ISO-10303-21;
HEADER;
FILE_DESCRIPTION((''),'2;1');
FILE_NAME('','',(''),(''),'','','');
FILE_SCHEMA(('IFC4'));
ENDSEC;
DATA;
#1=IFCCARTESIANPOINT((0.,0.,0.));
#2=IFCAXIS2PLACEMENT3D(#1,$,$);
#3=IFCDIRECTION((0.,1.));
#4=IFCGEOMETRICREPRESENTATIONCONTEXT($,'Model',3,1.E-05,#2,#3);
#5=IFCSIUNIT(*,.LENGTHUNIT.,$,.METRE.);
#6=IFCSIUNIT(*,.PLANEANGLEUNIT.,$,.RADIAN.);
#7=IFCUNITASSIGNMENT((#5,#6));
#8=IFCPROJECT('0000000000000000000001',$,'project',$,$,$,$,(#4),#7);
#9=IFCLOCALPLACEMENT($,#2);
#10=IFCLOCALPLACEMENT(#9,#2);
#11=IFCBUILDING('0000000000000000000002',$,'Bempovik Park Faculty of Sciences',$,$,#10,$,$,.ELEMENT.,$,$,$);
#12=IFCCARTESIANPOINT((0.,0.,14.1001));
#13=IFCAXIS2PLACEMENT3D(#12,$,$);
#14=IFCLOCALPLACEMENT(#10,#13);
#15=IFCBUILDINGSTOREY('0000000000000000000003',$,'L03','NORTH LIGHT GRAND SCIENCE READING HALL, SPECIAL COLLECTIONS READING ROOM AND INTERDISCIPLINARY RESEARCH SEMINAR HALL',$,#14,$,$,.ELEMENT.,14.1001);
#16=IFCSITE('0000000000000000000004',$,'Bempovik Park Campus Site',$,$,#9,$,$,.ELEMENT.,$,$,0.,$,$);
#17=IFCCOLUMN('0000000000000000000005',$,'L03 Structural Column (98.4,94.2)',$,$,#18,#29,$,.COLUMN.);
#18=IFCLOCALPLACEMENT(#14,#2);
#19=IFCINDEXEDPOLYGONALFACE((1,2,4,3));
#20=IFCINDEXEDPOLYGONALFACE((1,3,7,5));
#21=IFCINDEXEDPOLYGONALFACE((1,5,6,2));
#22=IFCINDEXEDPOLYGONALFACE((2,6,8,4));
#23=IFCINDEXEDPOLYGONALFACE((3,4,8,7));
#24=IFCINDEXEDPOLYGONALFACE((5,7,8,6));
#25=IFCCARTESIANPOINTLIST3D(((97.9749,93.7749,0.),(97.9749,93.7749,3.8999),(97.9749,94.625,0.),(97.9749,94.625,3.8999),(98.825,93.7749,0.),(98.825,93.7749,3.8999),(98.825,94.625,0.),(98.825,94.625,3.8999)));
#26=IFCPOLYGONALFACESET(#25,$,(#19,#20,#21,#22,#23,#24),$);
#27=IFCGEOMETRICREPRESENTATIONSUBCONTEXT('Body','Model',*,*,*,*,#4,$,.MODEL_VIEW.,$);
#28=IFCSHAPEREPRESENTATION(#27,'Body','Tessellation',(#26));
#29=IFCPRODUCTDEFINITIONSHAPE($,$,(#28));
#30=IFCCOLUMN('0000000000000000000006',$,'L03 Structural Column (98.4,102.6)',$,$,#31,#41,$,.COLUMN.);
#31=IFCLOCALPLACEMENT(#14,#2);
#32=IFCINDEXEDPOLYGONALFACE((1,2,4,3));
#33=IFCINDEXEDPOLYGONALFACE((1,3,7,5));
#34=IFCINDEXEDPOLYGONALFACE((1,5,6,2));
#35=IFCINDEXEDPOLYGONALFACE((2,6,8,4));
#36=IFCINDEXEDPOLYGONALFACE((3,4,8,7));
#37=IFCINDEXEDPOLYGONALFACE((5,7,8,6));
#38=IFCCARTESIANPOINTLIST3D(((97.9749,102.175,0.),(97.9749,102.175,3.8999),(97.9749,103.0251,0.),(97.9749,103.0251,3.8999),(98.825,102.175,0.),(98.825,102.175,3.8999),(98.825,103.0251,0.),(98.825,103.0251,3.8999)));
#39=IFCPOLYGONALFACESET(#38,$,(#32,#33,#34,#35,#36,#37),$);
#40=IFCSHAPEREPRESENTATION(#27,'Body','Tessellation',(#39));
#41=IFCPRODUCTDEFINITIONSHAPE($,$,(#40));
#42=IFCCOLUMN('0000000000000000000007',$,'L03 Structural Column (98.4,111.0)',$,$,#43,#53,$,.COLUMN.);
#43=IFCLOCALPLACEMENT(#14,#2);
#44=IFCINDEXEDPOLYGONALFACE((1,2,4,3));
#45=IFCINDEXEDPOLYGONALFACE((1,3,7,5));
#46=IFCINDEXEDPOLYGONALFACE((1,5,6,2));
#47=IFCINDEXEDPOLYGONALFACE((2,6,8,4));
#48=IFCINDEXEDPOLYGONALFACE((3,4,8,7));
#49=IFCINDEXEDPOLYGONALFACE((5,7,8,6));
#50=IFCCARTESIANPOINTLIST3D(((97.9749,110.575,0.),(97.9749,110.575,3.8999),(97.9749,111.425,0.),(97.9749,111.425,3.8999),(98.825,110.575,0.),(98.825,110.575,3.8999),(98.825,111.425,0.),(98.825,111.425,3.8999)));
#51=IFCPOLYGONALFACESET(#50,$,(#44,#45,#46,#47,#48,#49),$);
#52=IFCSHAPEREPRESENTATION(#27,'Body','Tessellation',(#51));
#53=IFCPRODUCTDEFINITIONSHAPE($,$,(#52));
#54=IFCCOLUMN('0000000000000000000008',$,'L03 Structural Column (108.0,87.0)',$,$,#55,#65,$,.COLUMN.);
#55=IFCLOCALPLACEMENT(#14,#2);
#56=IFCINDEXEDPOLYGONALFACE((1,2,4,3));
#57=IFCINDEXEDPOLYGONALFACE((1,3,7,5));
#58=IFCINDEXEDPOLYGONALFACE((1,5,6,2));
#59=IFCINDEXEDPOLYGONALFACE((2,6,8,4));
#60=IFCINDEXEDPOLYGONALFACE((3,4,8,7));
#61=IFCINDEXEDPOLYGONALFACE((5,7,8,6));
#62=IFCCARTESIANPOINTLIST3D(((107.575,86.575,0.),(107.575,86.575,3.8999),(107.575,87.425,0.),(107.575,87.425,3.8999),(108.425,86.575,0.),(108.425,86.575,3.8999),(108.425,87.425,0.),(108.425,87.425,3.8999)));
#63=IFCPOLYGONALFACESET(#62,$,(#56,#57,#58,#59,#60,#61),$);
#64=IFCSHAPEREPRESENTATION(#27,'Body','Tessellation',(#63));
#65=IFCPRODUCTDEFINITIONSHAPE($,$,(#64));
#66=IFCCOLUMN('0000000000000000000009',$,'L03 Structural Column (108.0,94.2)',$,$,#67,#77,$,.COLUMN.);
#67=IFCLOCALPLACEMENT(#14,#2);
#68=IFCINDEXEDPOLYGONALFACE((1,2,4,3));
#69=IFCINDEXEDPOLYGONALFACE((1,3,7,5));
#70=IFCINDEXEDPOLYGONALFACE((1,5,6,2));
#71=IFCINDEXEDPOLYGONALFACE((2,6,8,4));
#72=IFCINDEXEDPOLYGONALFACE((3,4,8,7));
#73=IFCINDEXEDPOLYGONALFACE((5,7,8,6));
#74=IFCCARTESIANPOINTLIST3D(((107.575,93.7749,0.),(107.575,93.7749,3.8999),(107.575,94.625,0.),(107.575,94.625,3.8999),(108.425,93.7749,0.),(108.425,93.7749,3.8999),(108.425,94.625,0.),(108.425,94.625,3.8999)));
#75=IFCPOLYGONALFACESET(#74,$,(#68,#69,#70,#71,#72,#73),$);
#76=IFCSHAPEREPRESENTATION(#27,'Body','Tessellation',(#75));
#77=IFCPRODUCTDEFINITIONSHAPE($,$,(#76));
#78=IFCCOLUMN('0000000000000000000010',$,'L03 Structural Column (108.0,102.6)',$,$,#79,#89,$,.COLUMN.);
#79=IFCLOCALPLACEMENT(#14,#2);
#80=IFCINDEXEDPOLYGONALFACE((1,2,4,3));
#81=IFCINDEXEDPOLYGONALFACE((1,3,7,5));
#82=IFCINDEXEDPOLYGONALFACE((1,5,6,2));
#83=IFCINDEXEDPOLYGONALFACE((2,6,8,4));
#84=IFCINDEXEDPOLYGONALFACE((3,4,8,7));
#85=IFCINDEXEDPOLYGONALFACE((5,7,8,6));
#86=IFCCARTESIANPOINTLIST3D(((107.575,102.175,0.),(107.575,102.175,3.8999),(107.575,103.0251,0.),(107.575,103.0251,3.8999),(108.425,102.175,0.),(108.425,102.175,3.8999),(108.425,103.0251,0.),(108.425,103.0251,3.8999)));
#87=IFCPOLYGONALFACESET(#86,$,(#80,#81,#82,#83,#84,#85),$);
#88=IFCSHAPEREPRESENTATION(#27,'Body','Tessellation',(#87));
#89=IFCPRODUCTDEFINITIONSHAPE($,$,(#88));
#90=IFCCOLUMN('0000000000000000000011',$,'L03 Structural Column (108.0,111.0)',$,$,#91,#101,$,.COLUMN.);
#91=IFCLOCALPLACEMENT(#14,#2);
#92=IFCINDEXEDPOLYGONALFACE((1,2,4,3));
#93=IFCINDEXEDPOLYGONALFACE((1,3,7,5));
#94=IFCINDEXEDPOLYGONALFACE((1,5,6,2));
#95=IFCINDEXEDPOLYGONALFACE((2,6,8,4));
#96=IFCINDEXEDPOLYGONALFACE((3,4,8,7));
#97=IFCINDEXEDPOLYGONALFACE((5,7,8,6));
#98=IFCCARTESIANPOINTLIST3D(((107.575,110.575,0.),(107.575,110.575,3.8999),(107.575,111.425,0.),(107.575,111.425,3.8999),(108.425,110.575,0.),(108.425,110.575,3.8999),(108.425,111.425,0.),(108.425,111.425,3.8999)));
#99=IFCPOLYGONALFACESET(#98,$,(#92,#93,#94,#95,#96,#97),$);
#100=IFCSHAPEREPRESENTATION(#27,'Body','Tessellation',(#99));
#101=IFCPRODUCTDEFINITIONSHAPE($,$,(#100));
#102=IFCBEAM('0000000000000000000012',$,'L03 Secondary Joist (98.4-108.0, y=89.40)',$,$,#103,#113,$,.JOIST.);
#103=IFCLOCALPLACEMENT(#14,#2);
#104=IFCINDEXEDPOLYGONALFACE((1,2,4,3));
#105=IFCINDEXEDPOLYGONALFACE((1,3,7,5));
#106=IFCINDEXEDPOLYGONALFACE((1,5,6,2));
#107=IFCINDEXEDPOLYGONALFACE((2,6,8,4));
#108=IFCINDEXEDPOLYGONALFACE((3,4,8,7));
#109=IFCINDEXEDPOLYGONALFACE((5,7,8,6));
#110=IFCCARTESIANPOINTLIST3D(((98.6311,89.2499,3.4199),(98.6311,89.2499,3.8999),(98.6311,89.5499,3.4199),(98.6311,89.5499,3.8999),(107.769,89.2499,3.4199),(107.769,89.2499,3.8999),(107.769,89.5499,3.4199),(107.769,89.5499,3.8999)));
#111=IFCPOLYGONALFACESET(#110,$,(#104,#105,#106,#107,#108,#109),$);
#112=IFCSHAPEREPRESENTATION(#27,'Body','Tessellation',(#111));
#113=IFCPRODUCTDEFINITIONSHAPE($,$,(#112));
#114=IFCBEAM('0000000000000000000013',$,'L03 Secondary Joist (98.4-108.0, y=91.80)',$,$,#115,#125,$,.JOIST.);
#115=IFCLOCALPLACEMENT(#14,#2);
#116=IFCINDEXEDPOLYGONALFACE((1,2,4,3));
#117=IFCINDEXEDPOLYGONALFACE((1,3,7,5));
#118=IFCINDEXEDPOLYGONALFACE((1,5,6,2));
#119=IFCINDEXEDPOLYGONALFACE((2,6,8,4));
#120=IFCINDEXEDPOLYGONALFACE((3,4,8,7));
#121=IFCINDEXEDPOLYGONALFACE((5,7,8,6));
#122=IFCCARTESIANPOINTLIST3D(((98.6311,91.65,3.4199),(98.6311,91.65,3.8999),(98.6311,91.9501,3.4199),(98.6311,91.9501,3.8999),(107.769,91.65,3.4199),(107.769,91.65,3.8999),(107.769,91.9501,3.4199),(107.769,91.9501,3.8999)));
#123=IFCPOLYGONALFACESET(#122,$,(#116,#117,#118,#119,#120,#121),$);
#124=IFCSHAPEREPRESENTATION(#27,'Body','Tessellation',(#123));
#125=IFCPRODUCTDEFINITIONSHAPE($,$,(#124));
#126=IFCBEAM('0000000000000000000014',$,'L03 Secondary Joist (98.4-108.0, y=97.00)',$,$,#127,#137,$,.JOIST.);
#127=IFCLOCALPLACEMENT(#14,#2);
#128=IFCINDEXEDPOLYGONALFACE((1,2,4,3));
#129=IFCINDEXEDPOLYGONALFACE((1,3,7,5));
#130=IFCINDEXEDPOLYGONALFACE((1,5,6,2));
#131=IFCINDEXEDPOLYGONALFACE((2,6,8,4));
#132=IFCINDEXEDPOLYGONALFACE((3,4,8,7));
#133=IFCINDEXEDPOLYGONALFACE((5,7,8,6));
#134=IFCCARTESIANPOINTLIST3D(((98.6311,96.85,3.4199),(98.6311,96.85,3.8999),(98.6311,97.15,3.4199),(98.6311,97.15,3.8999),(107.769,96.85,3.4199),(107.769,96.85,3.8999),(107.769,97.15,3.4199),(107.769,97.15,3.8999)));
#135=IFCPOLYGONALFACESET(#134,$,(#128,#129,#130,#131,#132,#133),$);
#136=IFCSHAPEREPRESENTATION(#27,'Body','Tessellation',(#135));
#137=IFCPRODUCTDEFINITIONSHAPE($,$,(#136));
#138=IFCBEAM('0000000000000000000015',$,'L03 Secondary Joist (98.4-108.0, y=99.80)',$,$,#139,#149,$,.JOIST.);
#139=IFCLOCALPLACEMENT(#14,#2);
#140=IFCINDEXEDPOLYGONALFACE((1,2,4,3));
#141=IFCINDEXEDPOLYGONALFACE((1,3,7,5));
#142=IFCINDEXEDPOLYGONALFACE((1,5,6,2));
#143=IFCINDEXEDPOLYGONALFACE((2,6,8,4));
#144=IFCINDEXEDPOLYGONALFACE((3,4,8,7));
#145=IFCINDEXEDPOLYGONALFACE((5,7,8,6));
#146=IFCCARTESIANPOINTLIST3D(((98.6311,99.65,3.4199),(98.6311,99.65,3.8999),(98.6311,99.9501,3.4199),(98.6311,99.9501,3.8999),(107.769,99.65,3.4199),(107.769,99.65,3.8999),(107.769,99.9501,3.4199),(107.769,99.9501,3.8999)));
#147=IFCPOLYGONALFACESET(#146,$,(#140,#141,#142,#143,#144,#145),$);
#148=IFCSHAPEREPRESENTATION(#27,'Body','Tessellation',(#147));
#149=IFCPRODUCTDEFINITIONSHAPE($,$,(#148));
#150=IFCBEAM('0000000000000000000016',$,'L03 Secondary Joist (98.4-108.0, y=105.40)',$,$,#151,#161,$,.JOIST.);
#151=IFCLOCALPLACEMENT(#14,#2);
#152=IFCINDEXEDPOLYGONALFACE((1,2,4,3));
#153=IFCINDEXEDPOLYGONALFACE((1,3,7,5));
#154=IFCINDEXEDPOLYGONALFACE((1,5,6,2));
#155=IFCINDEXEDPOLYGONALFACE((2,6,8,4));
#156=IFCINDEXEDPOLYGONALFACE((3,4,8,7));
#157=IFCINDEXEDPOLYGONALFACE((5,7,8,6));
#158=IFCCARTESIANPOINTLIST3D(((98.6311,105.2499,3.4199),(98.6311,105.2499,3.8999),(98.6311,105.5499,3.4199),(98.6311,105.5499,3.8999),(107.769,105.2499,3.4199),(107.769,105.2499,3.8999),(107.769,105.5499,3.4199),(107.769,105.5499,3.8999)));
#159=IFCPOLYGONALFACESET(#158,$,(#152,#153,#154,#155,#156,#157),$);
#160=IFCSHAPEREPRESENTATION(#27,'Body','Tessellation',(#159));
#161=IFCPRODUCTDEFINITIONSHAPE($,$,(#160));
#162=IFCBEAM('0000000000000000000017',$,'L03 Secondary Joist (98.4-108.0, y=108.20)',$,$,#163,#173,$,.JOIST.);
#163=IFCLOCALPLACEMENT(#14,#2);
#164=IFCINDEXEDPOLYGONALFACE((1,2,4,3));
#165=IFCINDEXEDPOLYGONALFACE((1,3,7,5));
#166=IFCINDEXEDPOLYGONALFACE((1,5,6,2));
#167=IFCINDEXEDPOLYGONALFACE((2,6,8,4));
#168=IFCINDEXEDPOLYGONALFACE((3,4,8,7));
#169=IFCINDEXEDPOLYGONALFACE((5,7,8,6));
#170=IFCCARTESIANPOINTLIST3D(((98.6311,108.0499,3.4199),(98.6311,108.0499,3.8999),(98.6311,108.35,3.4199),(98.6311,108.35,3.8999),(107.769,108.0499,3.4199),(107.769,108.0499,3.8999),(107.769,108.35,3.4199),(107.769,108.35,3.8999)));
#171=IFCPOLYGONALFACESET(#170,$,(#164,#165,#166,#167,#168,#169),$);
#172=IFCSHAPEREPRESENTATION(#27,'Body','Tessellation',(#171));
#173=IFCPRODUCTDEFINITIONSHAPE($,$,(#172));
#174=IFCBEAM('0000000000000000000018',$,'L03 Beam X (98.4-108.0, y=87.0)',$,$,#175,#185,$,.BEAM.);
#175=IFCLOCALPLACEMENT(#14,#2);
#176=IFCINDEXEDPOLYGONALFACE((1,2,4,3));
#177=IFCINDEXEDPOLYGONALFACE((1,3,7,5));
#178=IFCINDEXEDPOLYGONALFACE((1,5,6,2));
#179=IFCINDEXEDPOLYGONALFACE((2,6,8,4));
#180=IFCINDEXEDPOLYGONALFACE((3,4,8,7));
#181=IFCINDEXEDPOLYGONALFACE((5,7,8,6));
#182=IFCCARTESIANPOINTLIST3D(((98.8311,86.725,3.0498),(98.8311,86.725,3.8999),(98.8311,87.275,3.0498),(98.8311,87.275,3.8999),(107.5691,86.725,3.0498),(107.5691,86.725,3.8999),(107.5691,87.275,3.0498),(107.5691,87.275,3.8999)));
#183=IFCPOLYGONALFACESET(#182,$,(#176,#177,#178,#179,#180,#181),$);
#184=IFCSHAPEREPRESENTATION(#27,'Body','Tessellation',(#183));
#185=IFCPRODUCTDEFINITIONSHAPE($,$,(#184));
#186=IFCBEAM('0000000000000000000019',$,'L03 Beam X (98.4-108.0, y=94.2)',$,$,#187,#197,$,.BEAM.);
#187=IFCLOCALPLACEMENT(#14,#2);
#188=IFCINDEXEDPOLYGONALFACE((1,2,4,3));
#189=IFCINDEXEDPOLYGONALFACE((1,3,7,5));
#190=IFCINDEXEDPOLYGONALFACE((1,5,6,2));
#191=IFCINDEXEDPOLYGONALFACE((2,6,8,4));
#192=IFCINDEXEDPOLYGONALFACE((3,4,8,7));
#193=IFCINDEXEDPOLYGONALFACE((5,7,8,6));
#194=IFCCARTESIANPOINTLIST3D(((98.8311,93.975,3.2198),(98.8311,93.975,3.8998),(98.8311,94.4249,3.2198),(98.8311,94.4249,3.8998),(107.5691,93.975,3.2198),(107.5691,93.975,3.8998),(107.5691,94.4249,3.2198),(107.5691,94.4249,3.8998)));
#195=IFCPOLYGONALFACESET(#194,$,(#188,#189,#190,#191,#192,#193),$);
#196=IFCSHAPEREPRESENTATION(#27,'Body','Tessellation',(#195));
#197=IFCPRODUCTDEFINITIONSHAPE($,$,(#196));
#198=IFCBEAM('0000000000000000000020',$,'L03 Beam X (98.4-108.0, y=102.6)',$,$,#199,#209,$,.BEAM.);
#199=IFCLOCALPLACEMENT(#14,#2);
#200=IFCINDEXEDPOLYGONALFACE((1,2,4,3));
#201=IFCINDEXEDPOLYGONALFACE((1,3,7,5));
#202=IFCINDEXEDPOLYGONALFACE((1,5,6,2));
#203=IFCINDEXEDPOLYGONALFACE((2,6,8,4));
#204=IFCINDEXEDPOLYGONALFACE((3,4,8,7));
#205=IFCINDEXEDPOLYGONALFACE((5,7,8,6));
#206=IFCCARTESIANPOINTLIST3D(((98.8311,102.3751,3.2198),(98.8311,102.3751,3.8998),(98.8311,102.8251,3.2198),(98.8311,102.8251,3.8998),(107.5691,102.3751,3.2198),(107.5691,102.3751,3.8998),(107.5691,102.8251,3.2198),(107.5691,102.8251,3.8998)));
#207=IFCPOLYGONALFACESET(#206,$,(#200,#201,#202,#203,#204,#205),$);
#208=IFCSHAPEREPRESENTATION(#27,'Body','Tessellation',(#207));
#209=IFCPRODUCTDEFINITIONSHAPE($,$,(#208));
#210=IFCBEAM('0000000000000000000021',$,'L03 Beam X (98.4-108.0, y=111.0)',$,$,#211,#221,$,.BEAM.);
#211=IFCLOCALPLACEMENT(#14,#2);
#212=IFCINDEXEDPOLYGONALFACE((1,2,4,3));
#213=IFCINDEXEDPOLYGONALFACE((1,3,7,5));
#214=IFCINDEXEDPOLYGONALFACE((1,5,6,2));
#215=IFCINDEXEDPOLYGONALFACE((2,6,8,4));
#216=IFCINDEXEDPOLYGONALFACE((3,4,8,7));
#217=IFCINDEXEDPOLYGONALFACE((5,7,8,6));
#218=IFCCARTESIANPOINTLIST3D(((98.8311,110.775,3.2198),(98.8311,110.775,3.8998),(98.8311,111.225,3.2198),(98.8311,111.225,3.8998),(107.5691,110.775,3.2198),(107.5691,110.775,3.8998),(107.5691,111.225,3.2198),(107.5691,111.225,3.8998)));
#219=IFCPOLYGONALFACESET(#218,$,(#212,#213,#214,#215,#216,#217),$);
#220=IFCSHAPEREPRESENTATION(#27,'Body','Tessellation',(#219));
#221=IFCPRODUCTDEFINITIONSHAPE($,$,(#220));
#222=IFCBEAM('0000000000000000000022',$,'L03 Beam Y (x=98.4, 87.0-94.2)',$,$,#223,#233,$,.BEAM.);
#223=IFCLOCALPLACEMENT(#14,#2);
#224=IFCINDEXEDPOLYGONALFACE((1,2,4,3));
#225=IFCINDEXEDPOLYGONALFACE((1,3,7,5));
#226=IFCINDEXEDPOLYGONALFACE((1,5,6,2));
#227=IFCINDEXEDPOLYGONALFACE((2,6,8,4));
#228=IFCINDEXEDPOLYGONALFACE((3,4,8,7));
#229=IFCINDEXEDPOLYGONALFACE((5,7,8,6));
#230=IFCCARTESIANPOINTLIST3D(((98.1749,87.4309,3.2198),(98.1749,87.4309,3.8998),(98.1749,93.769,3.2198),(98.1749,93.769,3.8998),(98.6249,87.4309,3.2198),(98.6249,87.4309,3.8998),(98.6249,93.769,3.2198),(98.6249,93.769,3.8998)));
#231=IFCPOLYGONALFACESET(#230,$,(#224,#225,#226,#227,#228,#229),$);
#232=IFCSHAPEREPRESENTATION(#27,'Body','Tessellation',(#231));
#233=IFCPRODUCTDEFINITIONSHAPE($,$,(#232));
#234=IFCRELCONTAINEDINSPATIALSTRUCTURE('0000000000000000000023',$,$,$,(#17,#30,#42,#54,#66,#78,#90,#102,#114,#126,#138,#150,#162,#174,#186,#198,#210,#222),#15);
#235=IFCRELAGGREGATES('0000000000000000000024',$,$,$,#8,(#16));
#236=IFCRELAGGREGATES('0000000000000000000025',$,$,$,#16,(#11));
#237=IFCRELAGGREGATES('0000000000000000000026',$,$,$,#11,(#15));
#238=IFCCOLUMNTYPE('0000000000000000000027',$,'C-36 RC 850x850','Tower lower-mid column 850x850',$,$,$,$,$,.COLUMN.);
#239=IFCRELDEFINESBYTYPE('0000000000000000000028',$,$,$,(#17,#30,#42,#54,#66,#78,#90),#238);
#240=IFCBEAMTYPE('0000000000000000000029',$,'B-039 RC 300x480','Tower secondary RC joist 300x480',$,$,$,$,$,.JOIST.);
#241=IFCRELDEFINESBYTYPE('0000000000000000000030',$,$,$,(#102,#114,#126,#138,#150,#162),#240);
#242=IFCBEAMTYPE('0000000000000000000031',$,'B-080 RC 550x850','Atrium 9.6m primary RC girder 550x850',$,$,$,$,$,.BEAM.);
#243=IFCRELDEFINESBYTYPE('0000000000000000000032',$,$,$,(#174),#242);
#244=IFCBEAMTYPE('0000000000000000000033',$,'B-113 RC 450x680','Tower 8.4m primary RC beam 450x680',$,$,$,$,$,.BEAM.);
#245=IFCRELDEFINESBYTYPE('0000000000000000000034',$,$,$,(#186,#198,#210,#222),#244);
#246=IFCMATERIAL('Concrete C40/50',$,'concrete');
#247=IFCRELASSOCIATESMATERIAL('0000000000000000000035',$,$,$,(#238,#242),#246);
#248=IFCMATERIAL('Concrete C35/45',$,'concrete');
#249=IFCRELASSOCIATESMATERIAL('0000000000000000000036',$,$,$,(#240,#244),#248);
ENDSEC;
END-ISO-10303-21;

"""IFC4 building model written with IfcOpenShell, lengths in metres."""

from ifc_helpers import new_model, si_unit, direction, frame, origin, origin_2d, place, context, subcontext, project, spatial, rectangle, extrude, material, material_profile, profile_set, type_object, element, save


model = new_model("IFC4")

# Units and contexts
model_context = context("Model", 3, precision=1e-05, world=origin(), true_north=direction((0.0, 1.0)))
body_context = subcontext(model_context, "Body", "Model", "MODEL_VIEW")
ifc_project = project(units=[si_unit("LENGTHUNIT", "METRE"), si_unit("PLANEANGLEUNIT", "RADIAN")], contexts=[model_context])

# Site, building, storey
site_placement = place(None, origin())
site = spatial("IfcSite", under=ifc_project, at=site_placement, Name="Bempovik Park Campus Site", CompositionType="ELEMENT", RefElevation=0.0)
building_placement = place(site_placement, origin())
building = spatial("IfcBuilding", under=site, at=building_placement, Name="Bempovik Park Faculty of Sciences", CompositionType="ELEMENT")
storey_placement = place(building_placement, frame((0.0, 0.0, 14.1001)))
storey = spatial("IfcBuildingStorey", under=building, at=storey_placement, Name="L03", Description="NORTH LIGHT GRAND SCIENCE READING HALL, SPECIAL COLLECTIONS READING ROOM AND INTERDISCIPLINARY RESEARCH SEMINAR HALL", CompositionType="ELEMENT", Elevation=14.1001)

# Columns
ifc_material_1 = material(Name="Concrete C40/50", Category="concrete")
ifc_material_profile_1 = material_profile(ifc_material_1, rectangle(XDim=0.8501, YDim=0.8501, at=origin_2d()), Name="RC 850x850")
ifc_profile_set_1 = profile_set([ifc_material_profile_1], Name="Concrete C40/50")
column_type = type_object("IfcColumnType", Name="C-36 RC 850x850", Description="Tower lower-mid column 850x850", PredefinedType="COLUMN", material=ifc_profile_set_1)
for number, where, z_axis, x_axis, name in (
    (1, (98.3999, 94.2, 0.0), (0.0, 0.0, 1.0), (1.0, 0.0, 0.0), "L03 Structural Column (98.4,94.2)"),
    (2, (98.3999, 102.6001, 0.0), (0.0, 0.0, 1.0), (1.0, 0.0, 0.0), "L03 Structural Column (98.4,102.6)"),
    (3, (98.3999, 111.0, 0.0), (0.0, 0.0, 1.0), (1.0, 0.0, 0.0), "L03 Structural Column (98.4,111.0)"),
    (4, (108.0, 87.0, 0.0), (0.0, 0.0, 1.0), (1.0, 0.0, 0.0), "L03 Structural Column (108.0,87.0)"),
    (5, (108.0, 94.2, 0.0), (0.0, 0.0, 1.0), (1.0, 0.0, 0.0), "L03 Structural Column (108.0,94.2)"),
    (6, (108.0, 102.6001, 0.0), (0.0, 0.0, 1.0), (1.0, 0.0, 0.0), "L03 Structural Column (108.0,102.6)"),
    (7, (108.0, 111.0, 0.0), (0.0, 0.0, 1.0), (1.0, 0.0, 0.0), "L03 Structural Column (108.0,111.0)"),
):
    element("IfcColumn", number, at=place(storey_placement, frame(where, z_axis=z_axis, x_axis=x_axis)), inside=storey, type_object=column_type, Name=name, PredefinedType="COLUMN", context=body_context, shape_type="SweptSolid", body=[
        extrude(rectangle(XDim=0.8501, YDim=0.8501, at=origin_2d()), origin(), (0.0, 0.0, 1.0), 3.8999),
    ])

# Beams
ifc_material_2 = material(Name="Concrete C35/45", Category="concrete")
ifc_material_profile_2 = material_profile(ifc_material_2, rectangle(XDim=0.3, YDim=0.48, at=origin_2d()), Name="RC 300x480")
ifc_profile_set_2 = profile_set([ifc_material_profile_2], Name="Concrete C35/45")
beam_type_1 = type_object("IfcBeamType", Name="B-039 RC 300x480", Description="Tower secondary RC joist 300x480", PredefinedType="JOIST", material=ifc_profile_set_2)
for number, where, z_axis, x_axis, name in (
    (8, (98.6311, 89.3999, 3.6599), (1.0, 0.0, 0.0), (0.0, 1.0, 0.0), "L03 Secondary Joist (98.4-108.0, y=89.40)"),
    (9, (98.6311, 91.8, 3.6599), (1.0, 0.0, 0.0), (0.0, 1.0, 0.0), "L03 Secondary Joist (98.4-108.0, y=91.80)"),
    (10, (98.6311, 97.0, 3.6599), (1.0, 0.0, 0.0), (0.0, 1.0, 0.0), "L03 Secondary Joist (98.4-108.0, y=97.00)"),
    (11, (98.6311, 99.8, 3.6599), (1.0, 0.0, 0.0), (0.0, 1.0, 0.0), "L03 Secondary Joist (98.4-108.0, y=99.80)"),
    (12, (98.6311, 105.3999, 3.6599), (1.0, 0.0, 0.0), (0.0, 1.0, 0.0), "L03 Secondary Joist (98.4-108.0, y=105.40)"),
    (13, (98.6311, 108.2, 3.6599), (1.0, 0.0, 0.0), (0.0, 1.0, 0.0), "L03 Secondary Joist (98.4-108.0, y=108.20)"),
):
    element("IfcBeam", number, at=place(storey_placement, frame(where, z_axis=z_axis, x_axis=x_axis)), inside=storey, type_object=beam_type_1, Name=name, PredefinedType="JOIST", context=body_context, shape_type="SweptSolid", body=[
        extrude(rectangle(XDim=0.3, YDim=0.48, at=origin_2d()), origin(), (0.0, 0.0, 1.0), 9.1379),
    ])
ifc_material_profile_3 = material_profile(ifc_material_1, rectangle(XDim=0.55, YDim=0.8501, at=origin_2d()), Name="RC 550x850")
ifc_profile_set_3 = profile_set([ifc_material_profile_3], Name="Concrete C40/50")
beam_type_2 = type_object("IfcBeamType", Name="B-080 RC 550x850", Description="Atrium 9.6m primary RC girder 550x850", PredefinedType="BEAM", material=ifc_profile_set_3)
beam_1_placement = place(storey_placement, frame((98.8311, 87.0, 3.4749), z_axis=(1.0, 0.0, 0.0), x_axis=(0.0, 1.0, 0.0)))
element("IfcBeam", 14, at=beam_1_placement, inside=storey, type_object=beam_type_2, Name="L03 Beam X (98.4-108.0, y=87.0)", PredefinedType="BEAM", context=body_context, shape_type="SweptSolid", body=[
    extrude(rectangle(XDim=0.55, YDim=0.8501, at=origin_2d()), origin(), (0.0, 0.0, 1.0), 8.738),
])
ifc_material_profile_4 = material_profile(ifc_material_2, rectangle(XDim=0.45, YDim=0.6799, at=origin_2d()), Name="RC 450x680")
ifc_profile_set_4 = profile_set([ifc_material_profile_4], Name="Concrete C35/45")
beam_type_3 = type_object("IfcBeamType", Name="B-113 RC 450x680", Description="Tower 8.4m primary RC beam 450x680", PredefinedType="BEAM", material=ifc_profile_set_4)
for number, where, z_axis, x_axis, name in (
    (15, (98.8311, 94.2, 3.5598), (1.0, 0.0, 0.0), (0.0, 1.0, 0.0), "L03 Beam X (98.4-108.0, y=94.2)"),
    (16, (98.8311, 102.6001, 3.5598), (1.0, 0.0, 0.0), (0.0, 1.0, 0.0), "L03 Beam X (98.4-108.0, y=102.6)"),
    (17, (98.8311, 111.0, 3.5598), (1.0, 0.0, 0.0), (0.0, 1.0, 0.0), "L03 Beam X (98.4-108.0, y=111.0)"),
):
    element("IfcBeam", number, at=place(storey_placement, frame(where, z_axis=z_axis, x_axis=x_axis)), inside=storey, type_object=beam_type_3, Name=name, PredefinedType="BEAM", context=body_context, shape_type="SweptSolid", body=[
        extrude(rectangle(XDim=0.45, YDim=0.6799, at=origin_2d()), origin(), (0.0, 0.0, 1.0), 8.738),
    ])
beam_2_placement = place(storey_placement, frame((98.3999, 87.4309, 3.5598), z_axis=(0.0, 1.0, 0.0), x_axis=(-1.0, 0.0, 0.0)))
element("IfcBeam", 18, at=beam_2_placement, inside=storey, type_object=beam_type_3, Name="L03 Beam Y (x=98.4, 87.0-94.2)", PredefinedType="BEAM", context=body_context, shape_type="SweptSolid", body=[
    extrude(rectangle(XDim=0.45, YDim=0.6799, at=origin_2d()), origin(), (0.0, 0.0, 1.0), 6.3381),
])

save(model, "model.ifc")
